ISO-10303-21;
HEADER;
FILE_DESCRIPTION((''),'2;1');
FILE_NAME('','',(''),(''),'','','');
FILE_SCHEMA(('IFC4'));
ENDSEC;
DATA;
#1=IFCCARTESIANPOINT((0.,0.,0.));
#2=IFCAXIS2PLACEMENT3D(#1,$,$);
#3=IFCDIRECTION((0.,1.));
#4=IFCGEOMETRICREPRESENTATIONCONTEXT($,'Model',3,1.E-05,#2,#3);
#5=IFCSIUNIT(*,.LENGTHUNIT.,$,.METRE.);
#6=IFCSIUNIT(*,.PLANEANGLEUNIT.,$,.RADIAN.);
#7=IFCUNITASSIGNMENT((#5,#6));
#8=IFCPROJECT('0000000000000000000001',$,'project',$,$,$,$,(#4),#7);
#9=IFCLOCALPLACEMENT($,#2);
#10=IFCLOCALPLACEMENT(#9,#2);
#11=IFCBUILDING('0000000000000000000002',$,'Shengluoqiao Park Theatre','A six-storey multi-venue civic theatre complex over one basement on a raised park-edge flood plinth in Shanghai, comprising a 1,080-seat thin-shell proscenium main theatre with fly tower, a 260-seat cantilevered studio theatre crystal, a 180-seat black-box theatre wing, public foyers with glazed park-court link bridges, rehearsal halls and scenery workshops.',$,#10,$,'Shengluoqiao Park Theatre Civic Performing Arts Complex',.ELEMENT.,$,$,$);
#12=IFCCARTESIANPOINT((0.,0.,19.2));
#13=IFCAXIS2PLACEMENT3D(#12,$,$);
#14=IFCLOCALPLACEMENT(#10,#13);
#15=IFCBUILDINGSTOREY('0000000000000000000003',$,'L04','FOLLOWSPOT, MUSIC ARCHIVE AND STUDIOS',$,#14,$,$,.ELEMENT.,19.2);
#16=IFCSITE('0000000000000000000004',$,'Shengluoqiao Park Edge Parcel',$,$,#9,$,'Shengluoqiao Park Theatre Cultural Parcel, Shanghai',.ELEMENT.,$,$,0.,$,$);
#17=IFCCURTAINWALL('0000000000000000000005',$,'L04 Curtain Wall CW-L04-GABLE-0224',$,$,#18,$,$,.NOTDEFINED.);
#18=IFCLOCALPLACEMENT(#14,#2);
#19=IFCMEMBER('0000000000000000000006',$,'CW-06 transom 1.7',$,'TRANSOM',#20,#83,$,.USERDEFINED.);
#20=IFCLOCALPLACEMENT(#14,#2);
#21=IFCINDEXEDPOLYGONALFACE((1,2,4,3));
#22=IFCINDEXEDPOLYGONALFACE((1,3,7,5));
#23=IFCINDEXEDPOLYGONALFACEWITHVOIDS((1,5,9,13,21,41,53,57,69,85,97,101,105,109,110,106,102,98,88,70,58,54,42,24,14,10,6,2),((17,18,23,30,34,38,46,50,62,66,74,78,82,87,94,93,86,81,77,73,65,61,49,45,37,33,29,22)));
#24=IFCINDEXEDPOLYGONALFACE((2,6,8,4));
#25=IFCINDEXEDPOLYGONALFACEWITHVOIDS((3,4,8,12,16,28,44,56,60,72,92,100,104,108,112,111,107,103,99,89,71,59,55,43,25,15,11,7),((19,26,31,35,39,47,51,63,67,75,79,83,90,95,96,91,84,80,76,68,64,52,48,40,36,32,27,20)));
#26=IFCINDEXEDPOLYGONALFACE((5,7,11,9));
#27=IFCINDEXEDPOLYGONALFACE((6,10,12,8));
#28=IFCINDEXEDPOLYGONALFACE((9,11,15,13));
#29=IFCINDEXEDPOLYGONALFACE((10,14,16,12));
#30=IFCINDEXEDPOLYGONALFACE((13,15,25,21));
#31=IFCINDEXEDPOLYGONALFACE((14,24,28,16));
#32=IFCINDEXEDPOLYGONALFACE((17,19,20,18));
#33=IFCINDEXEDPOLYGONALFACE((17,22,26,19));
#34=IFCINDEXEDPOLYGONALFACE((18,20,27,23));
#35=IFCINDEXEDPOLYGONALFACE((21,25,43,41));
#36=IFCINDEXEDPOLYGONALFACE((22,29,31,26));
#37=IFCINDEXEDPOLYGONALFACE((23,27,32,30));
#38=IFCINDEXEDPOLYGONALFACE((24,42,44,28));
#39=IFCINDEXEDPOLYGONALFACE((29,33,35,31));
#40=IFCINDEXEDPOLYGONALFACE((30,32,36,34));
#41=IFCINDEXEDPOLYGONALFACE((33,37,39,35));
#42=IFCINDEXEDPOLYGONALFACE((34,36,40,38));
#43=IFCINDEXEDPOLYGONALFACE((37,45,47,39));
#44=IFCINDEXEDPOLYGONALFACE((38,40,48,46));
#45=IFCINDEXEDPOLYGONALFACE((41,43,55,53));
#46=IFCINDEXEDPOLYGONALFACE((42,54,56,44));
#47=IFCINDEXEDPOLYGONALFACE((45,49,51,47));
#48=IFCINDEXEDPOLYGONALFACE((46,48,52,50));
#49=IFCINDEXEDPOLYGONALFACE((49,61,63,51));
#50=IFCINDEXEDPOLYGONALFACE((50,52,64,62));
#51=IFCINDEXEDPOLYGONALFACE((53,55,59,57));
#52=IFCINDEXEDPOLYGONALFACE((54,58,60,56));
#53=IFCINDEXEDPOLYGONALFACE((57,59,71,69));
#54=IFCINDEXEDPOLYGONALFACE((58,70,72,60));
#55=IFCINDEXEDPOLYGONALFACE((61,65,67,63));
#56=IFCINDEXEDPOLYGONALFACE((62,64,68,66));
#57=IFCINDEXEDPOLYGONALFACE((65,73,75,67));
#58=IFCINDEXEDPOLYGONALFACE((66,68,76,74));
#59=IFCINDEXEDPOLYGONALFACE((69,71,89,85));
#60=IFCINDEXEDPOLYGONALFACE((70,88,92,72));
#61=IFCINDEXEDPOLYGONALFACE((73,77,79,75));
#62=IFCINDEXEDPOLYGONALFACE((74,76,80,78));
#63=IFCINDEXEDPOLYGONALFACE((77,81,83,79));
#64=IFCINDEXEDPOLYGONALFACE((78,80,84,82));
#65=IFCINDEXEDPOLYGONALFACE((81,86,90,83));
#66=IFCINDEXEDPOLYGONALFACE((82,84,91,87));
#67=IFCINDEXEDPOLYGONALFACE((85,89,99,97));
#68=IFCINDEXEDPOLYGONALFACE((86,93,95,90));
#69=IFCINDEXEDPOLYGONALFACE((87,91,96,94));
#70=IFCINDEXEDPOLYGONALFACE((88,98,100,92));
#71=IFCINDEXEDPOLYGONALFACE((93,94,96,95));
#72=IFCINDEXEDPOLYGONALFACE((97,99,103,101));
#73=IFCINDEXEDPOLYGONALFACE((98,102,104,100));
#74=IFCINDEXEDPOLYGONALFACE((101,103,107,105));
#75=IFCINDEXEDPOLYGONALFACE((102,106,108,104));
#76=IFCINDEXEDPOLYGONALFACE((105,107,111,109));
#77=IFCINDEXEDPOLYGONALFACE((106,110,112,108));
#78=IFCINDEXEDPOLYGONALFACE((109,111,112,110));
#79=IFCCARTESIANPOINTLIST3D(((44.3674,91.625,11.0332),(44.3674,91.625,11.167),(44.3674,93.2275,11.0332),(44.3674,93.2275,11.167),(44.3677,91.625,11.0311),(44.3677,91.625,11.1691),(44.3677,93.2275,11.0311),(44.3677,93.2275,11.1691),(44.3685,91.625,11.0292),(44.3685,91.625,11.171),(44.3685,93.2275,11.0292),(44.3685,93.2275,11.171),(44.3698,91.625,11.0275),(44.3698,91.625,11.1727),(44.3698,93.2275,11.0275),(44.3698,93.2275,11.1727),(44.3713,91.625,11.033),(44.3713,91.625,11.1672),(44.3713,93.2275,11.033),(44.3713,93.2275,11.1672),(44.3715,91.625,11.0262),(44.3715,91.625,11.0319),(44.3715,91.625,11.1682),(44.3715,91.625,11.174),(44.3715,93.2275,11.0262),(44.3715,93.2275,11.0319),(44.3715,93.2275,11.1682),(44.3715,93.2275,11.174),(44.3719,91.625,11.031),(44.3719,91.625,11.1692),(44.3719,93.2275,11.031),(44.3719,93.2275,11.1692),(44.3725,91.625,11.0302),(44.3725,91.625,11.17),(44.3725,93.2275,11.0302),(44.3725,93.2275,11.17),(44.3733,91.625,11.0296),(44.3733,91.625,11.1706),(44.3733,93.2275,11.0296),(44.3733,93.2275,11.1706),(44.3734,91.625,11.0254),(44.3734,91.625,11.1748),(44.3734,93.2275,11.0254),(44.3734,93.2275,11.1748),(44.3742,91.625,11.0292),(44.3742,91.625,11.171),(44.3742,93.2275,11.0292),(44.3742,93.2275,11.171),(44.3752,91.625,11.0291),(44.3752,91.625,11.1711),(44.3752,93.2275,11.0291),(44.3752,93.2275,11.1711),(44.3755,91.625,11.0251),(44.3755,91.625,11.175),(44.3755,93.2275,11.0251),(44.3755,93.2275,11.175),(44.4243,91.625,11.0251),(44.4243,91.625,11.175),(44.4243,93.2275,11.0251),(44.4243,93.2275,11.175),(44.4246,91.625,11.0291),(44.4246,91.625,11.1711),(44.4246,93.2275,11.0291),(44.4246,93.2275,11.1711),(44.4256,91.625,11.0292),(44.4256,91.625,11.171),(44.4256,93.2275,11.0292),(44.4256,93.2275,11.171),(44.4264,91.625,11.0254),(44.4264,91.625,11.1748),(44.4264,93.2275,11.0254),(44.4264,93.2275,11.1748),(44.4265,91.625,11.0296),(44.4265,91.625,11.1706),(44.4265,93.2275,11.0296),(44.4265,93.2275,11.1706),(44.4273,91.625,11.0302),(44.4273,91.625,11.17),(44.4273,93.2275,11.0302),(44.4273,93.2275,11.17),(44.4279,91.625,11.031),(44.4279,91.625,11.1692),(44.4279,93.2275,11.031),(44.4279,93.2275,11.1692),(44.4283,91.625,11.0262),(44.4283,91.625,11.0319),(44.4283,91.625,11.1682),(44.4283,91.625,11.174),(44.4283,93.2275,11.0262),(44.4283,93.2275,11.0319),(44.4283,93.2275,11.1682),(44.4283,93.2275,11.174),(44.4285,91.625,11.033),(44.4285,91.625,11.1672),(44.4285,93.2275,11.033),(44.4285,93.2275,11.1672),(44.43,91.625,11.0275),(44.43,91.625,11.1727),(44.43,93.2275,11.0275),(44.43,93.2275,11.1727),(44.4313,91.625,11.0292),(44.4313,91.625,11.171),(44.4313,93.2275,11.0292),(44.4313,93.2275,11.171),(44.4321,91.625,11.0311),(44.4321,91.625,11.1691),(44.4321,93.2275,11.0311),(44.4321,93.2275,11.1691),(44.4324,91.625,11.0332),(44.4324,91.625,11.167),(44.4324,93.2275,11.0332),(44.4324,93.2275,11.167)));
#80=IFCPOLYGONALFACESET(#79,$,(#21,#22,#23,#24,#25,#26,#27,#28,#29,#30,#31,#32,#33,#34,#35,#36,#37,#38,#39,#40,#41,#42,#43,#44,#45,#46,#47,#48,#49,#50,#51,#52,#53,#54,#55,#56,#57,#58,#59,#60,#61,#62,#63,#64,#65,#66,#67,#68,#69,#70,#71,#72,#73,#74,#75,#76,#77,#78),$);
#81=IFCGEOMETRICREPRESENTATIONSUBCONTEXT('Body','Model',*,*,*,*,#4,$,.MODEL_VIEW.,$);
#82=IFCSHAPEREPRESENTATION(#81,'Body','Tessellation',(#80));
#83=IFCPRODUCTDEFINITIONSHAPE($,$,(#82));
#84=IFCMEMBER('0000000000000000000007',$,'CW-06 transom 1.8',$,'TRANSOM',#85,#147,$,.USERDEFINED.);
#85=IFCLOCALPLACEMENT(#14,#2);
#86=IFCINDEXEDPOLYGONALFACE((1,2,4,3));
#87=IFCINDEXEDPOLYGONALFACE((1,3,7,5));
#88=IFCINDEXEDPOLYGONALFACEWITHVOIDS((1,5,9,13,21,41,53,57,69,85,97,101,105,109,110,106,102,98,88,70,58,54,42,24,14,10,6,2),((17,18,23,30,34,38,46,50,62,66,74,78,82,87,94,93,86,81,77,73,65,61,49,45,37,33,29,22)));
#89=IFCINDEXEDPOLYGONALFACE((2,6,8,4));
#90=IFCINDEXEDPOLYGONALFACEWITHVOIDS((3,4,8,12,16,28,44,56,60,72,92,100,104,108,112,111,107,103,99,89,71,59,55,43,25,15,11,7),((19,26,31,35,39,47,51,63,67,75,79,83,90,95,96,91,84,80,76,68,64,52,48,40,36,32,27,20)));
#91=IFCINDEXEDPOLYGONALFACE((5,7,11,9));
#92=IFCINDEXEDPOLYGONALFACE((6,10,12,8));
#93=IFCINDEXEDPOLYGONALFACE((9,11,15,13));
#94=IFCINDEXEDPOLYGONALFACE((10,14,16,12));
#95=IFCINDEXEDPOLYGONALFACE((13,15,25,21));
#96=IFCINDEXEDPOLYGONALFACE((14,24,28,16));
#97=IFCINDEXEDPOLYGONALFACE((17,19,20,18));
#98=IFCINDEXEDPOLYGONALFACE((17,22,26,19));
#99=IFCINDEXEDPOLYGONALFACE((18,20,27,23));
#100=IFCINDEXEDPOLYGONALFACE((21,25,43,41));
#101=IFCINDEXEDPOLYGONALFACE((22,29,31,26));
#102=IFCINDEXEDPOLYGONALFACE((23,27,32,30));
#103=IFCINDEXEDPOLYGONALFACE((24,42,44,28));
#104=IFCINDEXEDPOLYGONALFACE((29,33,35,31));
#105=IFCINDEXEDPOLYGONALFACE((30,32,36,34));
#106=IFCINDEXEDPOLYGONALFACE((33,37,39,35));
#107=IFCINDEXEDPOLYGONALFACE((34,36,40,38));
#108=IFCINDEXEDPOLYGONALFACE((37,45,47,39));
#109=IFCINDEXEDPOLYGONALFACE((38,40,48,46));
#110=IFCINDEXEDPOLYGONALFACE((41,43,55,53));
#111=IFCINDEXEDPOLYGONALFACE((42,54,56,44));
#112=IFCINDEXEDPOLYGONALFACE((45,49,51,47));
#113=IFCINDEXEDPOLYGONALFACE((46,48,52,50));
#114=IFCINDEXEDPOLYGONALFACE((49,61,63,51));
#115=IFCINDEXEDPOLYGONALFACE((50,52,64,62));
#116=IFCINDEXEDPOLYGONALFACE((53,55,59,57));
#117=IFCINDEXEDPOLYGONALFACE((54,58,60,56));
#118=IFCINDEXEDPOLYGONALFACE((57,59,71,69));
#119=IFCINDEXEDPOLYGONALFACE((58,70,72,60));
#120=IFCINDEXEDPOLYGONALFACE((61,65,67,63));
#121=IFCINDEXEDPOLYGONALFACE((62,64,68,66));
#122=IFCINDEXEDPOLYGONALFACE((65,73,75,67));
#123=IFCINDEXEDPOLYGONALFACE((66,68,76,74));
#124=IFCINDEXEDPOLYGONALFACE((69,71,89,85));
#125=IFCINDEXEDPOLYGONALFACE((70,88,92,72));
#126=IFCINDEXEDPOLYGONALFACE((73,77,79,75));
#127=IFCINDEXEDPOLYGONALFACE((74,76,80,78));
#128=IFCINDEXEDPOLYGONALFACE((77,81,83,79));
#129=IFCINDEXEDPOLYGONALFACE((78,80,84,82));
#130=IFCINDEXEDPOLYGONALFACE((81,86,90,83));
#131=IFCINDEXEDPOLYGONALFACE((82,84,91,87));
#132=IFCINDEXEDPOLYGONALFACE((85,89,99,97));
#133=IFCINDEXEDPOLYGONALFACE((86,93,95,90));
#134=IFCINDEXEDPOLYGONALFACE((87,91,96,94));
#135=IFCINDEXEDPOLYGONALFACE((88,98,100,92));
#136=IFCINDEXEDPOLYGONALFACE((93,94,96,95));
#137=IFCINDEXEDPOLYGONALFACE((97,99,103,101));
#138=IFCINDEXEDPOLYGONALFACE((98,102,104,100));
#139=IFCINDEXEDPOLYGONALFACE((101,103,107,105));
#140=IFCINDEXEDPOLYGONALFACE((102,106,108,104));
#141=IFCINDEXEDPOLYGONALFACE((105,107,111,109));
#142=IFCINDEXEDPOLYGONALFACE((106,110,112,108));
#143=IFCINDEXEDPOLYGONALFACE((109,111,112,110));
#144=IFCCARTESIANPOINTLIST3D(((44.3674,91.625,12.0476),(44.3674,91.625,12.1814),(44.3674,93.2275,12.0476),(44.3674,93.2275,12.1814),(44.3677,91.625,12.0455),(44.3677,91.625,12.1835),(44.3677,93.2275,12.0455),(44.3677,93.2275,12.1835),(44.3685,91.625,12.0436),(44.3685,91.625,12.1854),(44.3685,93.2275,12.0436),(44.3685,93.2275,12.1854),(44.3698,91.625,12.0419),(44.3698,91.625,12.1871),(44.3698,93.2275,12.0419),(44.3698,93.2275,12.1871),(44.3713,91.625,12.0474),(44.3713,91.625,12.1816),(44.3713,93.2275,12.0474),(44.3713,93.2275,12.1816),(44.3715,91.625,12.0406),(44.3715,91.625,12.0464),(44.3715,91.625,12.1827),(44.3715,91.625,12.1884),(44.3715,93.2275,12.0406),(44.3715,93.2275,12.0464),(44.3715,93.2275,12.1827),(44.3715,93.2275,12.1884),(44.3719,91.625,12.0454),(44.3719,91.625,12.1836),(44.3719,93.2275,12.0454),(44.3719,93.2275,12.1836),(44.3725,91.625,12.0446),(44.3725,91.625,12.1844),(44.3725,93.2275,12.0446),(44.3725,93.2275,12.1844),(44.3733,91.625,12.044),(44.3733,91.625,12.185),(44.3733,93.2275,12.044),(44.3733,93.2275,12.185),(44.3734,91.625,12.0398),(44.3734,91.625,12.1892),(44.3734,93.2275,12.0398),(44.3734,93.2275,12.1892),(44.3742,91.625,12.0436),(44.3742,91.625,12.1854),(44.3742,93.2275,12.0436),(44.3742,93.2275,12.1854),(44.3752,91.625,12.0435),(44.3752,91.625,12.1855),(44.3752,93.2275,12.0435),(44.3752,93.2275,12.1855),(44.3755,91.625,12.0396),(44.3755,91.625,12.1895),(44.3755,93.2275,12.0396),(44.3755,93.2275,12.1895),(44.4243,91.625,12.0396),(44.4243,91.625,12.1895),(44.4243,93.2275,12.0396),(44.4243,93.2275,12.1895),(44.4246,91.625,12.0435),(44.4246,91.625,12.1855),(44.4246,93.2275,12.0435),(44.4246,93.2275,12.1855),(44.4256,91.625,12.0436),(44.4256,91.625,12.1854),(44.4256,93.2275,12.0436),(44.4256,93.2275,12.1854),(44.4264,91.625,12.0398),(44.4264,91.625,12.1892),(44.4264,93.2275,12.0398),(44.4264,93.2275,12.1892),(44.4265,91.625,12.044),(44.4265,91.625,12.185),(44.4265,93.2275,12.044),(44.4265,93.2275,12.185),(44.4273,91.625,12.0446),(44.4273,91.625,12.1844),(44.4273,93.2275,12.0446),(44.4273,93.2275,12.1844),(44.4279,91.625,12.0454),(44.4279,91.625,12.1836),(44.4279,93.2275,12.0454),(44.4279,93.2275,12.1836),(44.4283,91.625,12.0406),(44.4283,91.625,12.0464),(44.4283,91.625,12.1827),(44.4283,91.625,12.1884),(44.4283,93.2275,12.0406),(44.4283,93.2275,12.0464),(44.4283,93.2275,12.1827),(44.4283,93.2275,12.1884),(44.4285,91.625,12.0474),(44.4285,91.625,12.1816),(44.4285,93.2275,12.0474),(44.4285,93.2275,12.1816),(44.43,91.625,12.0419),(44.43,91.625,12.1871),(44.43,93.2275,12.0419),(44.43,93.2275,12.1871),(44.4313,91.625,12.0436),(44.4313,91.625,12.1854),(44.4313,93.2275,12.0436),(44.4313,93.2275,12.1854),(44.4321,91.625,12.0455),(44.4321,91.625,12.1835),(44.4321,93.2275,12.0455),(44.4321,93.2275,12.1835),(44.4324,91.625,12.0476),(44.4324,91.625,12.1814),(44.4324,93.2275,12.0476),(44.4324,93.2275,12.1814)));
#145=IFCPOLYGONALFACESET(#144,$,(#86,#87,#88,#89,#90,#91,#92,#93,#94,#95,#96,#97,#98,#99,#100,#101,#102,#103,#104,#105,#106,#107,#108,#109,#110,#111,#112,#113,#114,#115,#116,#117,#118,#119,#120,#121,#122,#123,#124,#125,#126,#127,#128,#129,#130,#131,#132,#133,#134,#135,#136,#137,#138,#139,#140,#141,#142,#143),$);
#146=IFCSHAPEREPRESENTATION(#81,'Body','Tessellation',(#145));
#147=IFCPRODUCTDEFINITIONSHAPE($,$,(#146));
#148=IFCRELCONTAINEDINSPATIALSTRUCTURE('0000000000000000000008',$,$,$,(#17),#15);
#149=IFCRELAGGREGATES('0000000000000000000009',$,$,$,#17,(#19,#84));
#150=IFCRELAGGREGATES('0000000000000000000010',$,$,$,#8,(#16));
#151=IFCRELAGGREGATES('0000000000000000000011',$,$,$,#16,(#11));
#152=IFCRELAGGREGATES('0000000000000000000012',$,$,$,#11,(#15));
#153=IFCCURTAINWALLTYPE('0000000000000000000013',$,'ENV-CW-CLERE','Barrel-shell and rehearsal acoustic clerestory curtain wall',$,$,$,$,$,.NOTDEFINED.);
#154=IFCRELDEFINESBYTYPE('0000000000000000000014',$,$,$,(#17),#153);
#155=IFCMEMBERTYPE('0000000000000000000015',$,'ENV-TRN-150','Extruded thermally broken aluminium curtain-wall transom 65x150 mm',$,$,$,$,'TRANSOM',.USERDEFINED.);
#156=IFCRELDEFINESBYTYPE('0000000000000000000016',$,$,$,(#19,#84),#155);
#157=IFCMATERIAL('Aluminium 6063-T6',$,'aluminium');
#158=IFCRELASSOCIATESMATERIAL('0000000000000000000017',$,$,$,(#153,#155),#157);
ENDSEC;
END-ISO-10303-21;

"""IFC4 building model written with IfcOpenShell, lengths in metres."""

from ifc_helpers import new_model, si_unit, direction, frame, origin, origin_2d, place, context, subcontext, project, spatial, hollow_rectangle, extrude, material, material_profile, profile_set, type_object, element, aggregate, save


model = new_model("IFC4")

# Units and contexts
model_context = context("Model", 3, precision=1e-05, world=origin(), true_north=direction((0.0, 1.0)))
body_context = subcontext(model_context, "Body", "Model", "MODEL_VIEW")
ifc_project = project(units=[si_unit("LENGTHUNIT", "METRE"), si_unit("PLANEANGLEUNIT", "RADIAN")], contexts=[model_context])

# Site, building, storey
site_placement = place(None, origin())
site = spatial("IfcSite", under=ifc_project, at=site_placement, Name="Shengluoqiao Park Edge Parcel", LongName="Shengluoqiao Park Theatre Cultural Parcel, Shanghai", CompositionType="ELEMENT", RefElevation=0.0)
building_placement = place(site_placement, origin())
building = spatial("IfcBuilding", under=site, at=building_placement, Name="Shengluoqiao Park Theatre", Description="A six-storey multi-venue civic theatre complex over one basement on a raised park-edge flood plinth in Shanghai, comprising a 1,080-seat thin-shell proscenium main theatre with fly tower, a 260-seat cantilevered studio theatre crystal, a 180-seat black-box theatre wing, public foyers with glazed park-court link bridges, rehearsal halls and scenery workshops.", LongName="Shengluoqiao Park Theatre Civic Performing Arts Complex", CompositionType="ELEMENT")
storey_placement = place(building_placement, frame((0.0, 0.0, 19.2)))
storey = spatial("IfcBuildingStorey", under=building, at=storey_placement, Name="L04", Description="FOLLOWSPOT, MUSIC ARCHIVE AND STUDIOS", CompositionType="ELEMENT", Elevation=19.2)

# Curtain wall, members
ifc_material_1 = material(Name="Aluminium 6063-T6", Category="aluminium")
curtain_wall_type = type_object("IfcCurtainWallType", Name="ENV-CW-CLERE", Description="Barrel-shell and rehearsal acoustic clerestory curtain wall", PredefinedType="NOTDEFINED", material=ifc_material_1)
curtain_wall_1_placement = place(storey_placement, origin())
curtain_wall_1 = element("IfcCurtainWall", 1, at=curtain_wall_1_placement, inside=storey, type_object=curtain_wall_type, Name="L04 Curtain Wall CW-L04-GABLE-0224", PredefinedType="NOTDEFINED")
ifc_material_profile = material_profile(ifc_material_1, hollow_rectangle(XDim=0.0649, YDim=0.1499, WallThickness=0.0039, InnerFilletRadius=0.0039, OuterFilletRadius=0.0081, at=origin_2d()), Name="ALU TRANSOM 150x65x4")
ifc_profile_set = profile_set([ifc_material_profile], Name="Aluminium 6063-T6")
member_type = type_object("IfcMemberType", Name="ENV-TRN-150", Description="Extruded thermally broken aluminium curtain-wall transom 65x150 mm", ElementType="TRANSOM", PredefinedType="USERDEFINED", material=ifc_profile_set)
member_1_placement = place(storey_placement, frame((44.3999, 91.625, 11.1001), z_axis=(0.0, 1.0, 0.0), x_axis=(-1.0, 0.0, 0.0)))
member_1 = element("IfcMember", 2, at=member_1_placement, type_object=member_type, Name="CW-06 transom 1.7", ObjectType="TRANSOM", PredefinedType="USERDEFINED", context=body_context, shape_type="SweptSolid", body=[
    extrude(hollow_rectangle(XDim=0.0649, YDim=0.1499, WallThickness=0.0039, InnerFilletRadius=0.0039, OuterFilletRadius=0.0081, at=origin_2d()), origin(), (0.0, 0.0, 1.0), 1.6025),
])
member_2_placement = place(storey_placement, frame((44.3999, 91.625, 12.1145), z_axis=(0.0, 1.0, 0.0), x_axis=(-1.0, 0.0, 0.0)))
member_2 = element("IfcMember", 3, at=member_2_placement, type_object=member_type, Name="CW-06 transom 1.8", ObjectType="TRANSOM", PredefinedType="USERDEFINED", context=body_context, shape_type="SweptSolid", body=[
    extrude(hollow_rectangle(XDim=0.0649, YDim=0.1499, WallThickness=0.0039, InnerFilletRadius=0.0039, OuterFilletRadius=0.0081, at=origin_2d()), origin(), (0.0, 0.0, 1.0), 1.6025),
])

aggregate(curtain_wall_1, [member_1, member_2])

save(model, "model.ifc")
